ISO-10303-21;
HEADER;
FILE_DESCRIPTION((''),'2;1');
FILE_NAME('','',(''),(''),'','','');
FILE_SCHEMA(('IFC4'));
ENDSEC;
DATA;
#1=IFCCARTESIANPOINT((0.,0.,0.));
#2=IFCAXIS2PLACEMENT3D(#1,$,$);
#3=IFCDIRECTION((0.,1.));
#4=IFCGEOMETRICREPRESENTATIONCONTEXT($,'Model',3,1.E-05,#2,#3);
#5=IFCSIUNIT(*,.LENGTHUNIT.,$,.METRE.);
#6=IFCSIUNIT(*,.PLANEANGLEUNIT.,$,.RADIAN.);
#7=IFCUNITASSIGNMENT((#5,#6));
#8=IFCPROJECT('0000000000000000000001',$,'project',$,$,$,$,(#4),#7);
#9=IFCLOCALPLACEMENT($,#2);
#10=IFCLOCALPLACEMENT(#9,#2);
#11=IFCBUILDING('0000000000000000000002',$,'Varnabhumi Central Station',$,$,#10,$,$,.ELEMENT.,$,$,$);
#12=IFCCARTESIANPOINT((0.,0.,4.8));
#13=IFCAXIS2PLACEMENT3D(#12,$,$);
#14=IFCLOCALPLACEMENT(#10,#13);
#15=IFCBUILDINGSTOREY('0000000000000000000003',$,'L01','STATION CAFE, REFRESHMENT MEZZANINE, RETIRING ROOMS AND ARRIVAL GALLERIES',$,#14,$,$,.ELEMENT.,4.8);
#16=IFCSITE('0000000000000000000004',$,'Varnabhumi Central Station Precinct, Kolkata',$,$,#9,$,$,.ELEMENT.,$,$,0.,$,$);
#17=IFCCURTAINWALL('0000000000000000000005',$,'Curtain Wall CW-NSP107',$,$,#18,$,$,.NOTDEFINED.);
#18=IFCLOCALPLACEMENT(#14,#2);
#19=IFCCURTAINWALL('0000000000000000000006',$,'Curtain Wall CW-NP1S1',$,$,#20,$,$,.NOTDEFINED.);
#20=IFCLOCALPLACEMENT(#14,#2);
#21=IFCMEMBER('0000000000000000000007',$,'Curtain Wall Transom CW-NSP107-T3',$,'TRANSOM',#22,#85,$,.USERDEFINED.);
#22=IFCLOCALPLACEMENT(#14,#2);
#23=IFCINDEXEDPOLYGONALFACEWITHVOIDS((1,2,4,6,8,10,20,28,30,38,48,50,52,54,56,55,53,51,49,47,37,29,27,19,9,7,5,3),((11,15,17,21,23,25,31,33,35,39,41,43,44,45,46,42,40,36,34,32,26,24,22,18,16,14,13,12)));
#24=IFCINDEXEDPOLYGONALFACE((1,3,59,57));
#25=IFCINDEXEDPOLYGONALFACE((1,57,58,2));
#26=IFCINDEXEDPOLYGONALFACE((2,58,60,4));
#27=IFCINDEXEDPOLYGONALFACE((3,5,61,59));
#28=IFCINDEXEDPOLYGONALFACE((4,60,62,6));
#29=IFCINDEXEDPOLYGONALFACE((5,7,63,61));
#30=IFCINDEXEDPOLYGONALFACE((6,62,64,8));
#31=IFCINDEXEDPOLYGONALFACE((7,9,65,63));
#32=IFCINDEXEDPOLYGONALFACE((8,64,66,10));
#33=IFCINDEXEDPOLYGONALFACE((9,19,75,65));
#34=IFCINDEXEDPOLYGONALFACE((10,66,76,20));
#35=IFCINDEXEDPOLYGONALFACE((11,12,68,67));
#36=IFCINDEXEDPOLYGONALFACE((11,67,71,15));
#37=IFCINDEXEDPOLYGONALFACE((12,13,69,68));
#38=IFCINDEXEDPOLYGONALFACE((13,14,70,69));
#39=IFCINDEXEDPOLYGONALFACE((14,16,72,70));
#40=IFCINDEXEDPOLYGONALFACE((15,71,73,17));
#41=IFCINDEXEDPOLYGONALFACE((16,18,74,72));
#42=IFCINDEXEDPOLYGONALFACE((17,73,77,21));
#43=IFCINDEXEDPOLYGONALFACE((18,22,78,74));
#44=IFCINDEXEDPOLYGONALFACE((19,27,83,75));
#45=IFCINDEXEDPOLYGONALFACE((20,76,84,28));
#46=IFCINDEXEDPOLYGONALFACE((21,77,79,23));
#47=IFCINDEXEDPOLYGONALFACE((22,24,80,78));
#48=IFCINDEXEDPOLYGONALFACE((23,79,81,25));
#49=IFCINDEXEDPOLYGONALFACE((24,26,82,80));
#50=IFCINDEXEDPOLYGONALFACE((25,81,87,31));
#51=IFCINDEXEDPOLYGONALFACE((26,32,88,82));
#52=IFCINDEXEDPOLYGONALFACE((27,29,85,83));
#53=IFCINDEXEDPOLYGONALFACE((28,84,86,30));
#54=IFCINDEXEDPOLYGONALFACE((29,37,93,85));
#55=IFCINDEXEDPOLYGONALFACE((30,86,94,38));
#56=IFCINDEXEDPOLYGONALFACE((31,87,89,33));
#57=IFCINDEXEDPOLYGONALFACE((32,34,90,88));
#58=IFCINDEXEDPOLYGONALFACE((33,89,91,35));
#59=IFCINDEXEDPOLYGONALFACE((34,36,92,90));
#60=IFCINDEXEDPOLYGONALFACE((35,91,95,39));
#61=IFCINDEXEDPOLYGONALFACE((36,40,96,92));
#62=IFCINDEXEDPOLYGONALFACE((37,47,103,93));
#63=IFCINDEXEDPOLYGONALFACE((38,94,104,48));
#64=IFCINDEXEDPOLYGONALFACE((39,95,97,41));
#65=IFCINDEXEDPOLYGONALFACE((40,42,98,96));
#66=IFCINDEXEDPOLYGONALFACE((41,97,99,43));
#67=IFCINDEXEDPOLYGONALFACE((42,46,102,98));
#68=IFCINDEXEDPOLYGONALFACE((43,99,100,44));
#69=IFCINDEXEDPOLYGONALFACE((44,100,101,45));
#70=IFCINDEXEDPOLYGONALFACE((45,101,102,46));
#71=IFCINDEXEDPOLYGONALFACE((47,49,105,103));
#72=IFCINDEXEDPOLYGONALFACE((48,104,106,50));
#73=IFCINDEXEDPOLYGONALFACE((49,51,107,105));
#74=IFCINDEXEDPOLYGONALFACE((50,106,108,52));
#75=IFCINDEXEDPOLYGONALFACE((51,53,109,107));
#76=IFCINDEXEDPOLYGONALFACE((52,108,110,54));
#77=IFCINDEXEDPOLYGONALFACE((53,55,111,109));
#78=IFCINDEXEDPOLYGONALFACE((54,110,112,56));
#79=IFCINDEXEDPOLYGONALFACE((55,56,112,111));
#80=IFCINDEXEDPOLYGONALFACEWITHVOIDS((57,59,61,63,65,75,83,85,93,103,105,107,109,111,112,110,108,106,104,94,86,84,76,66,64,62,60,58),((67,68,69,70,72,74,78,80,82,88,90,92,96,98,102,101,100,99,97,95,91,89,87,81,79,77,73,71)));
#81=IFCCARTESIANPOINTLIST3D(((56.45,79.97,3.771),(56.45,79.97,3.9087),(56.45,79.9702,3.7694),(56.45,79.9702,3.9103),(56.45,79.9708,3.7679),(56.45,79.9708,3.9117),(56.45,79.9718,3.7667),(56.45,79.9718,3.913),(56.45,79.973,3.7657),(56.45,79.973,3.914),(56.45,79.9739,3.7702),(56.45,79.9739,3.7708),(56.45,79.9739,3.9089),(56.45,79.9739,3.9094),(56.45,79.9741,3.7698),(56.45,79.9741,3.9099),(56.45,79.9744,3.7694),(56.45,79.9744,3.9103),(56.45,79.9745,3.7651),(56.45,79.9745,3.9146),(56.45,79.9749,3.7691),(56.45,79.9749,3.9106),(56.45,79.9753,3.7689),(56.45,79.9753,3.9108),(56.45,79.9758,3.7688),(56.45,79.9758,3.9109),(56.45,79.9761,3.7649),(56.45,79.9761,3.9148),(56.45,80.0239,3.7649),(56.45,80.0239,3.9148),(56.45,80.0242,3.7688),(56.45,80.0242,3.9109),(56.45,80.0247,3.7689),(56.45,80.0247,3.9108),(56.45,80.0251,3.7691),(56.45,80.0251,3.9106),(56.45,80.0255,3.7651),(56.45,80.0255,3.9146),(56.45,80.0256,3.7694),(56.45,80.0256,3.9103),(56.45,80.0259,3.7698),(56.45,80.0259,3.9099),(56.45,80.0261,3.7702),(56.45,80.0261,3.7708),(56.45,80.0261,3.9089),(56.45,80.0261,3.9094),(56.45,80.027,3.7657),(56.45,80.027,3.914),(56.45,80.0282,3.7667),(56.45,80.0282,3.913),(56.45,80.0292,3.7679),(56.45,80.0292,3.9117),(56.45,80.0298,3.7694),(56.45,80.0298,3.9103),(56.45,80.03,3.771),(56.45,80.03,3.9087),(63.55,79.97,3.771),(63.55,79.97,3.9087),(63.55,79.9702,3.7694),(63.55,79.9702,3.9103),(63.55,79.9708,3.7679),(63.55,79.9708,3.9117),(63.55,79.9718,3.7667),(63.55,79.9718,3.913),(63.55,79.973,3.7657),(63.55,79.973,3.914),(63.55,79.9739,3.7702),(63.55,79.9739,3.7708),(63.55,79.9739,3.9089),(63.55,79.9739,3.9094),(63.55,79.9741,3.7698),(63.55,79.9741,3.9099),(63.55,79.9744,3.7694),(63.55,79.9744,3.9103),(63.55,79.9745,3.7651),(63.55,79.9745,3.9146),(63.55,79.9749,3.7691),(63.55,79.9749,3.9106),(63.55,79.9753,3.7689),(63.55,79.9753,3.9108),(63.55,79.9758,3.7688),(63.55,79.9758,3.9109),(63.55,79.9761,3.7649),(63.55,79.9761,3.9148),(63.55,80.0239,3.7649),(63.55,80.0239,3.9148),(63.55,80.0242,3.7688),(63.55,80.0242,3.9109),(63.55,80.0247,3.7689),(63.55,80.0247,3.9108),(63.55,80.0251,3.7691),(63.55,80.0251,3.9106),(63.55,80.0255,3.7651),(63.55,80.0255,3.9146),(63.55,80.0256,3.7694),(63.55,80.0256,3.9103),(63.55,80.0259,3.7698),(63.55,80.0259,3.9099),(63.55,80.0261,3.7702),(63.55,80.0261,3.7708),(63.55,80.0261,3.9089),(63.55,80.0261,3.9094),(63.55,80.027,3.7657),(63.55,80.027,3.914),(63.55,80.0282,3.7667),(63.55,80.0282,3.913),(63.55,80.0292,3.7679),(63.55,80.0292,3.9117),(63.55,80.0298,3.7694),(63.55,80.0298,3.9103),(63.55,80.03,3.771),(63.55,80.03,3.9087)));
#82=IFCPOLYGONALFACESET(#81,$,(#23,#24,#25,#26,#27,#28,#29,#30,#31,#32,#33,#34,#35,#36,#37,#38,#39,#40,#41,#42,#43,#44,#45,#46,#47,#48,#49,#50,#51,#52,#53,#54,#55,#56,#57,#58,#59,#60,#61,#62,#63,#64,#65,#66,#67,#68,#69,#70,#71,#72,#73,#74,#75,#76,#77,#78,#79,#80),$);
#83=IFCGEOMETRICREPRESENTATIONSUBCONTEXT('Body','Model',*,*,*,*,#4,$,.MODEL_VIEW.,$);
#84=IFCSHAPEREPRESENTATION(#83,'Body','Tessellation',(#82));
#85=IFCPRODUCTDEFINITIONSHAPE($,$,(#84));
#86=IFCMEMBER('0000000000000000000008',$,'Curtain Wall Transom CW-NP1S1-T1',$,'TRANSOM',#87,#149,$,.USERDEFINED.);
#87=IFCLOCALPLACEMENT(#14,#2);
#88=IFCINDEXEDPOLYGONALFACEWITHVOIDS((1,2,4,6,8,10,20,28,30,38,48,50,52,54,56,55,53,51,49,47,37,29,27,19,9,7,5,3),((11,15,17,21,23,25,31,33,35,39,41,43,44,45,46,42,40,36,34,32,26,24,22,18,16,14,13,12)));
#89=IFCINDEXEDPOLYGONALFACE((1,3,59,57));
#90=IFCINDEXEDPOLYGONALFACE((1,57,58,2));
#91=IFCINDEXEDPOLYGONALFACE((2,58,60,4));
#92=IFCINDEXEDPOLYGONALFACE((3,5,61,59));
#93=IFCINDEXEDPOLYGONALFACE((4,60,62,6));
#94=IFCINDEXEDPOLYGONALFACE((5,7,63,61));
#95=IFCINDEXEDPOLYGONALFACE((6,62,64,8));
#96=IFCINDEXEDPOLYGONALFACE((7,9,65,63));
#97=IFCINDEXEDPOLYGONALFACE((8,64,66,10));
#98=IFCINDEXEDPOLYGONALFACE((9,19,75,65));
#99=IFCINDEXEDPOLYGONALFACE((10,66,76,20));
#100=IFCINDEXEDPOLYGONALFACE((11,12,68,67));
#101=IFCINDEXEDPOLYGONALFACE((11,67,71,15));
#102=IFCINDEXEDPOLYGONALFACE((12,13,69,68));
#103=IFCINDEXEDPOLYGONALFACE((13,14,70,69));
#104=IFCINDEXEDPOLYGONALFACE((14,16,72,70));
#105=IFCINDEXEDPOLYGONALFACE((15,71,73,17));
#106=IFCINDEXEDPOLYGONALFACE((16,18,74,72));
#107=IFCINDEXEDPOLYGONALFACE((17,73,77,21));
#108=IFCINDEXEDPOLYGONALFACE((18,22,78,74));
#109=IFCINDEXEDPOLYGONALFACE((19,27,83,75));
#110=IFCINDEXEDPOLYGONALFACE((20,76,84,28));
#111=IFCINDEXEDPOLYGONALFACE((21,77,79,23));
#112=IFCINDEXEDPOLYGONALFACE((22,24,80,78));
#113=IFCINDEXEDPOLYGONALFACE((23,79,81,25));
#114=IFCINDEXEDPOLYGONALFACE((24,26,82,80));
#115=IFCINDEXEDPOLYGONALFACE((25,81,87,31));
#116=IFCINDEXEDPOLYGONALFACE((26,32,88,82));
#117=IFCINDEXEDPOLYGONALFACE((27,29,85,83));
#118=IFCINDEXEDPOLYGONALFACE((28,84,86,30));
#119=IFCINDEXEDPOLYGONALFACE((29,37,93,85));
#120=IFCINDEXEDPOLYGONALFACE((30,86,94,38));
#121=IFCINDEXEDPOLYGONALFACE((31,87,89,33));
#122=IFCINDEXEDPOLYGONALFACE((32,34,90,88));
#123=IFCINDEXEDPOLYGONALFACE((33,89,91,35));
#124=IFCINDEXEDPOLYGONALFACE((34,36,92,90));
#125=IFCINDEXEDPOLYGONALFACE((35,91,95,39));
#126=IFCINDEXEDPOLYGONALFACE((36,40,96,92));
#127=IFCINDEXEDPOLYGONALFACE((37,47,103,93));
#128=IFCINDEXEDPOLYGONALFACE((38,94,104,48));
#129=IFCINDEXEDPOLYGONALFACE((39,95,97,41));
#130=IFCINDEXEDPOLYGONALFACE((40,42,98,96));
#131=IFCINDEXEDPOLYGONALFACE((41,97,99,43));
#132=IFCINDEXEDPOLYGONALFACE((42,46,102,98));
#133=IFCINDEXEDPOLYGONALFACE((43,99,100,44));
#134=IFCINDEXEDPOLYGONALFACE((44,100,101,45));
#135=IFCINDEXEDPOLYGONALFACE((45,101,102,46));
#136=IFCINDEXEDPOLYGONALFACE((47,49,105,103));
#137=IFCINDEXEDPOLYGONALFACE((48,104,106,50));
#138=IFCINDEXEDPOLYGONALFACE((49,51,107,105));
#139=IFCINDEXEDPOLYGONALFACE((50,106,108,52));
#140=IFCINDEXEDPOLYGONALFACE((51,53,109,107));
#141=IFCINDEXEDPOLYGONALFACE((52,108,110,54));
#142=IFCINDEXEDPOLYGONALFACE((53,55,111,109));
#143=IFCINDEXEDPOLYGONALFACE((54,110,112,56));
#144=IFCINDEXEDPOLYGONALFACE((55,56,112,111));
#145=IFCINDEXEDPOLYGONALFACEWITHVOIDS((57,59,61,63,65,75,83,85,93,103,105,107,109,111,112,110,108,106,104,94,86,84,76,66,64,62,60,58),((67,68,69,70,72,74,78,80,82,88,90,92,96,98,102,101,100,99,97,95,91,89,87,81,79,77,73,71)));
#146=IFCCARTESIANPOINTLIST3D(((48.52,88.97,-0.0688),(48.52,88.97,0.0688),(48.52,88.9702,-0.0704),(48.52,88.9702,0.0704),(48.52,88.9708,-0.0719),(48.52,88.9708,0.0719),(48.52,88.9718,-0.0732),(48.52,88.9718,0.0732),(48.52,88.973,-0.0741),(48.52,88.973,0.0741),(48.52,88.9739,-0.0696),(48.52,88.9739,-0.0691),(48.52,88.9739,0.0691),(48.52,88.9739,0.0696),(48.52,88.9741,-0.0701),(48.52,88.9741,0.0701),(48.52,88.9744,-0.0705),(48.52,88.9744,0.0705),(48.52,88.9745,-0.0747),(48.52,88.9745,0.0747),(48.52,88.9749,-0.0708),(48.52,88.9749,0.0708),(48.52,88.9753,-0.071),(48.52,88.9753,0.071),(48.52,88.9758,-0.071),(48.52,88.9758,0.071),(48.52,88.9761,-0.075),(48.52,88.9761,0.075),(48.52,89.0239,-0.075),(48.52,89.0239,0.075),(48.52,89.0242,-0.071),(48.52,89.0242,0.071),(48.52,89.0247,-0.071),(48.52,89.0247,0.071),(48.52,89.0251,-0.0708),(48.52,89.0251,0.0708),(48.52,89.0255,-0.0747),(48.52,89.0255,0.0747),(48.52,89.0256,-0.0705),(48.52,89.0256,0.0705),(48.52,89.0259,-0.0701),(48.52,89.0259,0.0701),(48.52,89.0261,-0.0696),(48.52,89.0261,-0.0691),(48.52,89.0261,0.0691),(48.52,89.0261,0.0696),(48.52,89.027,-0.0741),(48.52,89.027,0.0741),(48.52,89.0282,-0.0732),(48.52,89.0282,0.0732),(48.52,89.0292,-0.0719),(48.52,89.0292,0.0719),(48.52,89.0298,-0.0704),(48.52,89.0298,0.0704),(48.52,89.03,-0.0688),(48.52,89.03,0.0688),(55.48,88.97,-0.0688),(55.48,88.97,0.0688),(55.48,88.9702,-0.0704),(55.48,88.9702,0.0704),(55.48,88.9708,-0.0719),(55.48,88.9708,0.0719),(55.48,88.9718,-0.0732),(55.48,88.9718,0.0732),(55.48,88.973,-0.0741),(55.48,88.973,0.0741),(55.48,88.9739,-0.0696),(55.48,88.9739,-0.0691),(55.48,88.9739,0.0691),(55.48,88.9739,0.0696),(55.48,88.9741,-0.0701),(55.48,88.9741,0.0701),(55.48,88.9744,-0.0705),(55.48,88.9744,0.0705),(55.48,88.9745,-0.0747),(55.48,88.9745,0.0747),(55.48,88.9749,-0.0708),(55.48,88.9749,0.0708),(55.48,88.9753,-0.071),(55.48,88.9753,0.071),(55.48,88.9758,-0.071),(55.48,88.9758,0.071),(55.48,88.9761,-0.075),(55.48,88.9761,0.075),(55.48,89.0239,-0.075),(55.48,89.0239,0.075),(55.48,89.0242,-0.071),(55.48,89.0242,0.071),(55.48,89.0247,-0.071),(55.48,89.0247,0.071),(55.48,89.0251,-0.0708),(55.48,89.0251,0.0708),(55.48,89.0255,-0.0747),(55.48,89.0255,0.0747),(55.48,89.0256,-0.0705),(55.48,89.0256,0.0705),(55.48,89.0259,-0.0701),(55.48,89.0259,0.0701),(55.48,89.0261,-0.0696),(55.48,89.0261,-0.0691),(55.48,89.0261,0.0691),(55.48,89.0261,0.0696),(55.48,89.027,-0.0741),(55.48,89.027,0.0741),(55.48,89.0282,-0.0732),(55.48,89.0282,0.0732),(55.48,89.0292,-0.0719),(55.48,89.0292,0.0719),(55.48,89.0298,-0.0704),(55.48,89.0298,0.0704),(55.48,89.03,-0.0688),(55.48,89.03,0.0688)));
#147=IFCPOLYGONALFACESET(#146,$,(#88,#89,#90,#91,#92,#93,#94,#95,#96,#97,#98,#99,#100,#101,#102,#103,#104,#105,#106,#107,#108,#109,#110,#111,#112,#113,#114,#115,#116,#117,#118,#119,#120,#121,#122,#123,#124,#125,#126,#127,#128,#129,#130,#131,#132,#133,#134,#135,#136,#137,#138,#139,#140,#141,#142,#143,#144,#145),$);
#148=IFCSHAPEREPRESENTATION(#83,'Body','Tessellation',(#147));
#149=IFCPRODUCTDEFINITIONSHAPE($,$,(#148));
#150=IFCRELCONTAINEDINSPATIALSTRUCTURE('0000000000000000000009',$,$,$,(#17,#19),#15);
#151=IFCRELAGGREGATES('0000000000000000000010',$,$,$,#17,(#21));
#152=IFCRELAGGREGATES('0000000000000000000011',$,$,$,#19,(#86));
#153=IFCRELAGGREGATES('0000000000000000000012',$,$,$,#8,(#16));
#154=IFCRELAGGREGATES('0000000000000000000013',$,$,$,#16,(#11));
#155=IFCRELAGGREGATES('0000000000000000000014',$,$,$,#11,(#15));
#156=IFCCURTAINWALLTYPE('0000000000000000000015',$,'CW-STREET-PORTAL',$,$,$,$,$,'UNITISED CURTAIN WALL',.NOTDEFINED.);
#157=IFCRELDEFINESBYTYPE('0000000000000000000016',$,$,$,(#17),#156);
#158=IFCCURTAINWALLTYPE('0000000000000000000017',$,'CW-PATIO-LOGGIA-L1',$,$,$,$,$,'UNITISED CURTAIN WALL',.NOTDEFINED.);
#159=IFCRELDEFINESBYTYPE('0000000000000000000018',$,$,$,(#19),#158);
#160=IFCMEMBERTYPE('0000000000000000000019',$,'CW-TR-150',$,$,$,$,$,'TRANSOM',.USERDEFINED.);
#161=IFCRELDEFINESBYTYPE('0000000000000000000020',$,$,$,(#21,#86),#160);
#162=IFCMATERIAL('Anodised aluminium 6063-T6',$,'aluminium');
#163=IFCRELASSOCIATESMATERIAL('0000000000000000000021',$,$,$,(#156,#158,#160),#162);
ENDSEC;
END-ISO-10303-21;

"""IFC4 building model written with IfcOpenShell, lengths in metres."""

from ifc_helpers import new_model, si_unit, direction, frame, origin, origin_2d, place, context, subcontext, project, spatial, hollow_rectangle, extrude, material, material_profile, profile_set, type_object, element, aggregate, save


model = new_model("IFC4")

# Units and contexts
model_context = context("Model", 3, precision=1e-05, world=origin(), true_north=direction((0.0, 1.0)))
body_context = subcontext(model_context, "Body", "Model", "MODEL_VIEW")
ifc_project = project(units=[si_unit("LENGTHUNIT", "METRE"), si_unit("PLANEANGLEUNIT", "RADIAN")], contexts=[model_context])

# Site, building, storey
site_placement = place(None, origin())
site = spatial("IfcSite", under=ifc_project, at=site_placement, Name="Varnabhumi Central Station Precinct, Kolkata", CompositionType="ELEMENT", RefElevation=0.0)
building_placement = place(site_placement, origin())
building = spatial("IfcBuilding", under=site, at=building_placement, Name="Varnabhumi Central Station", CompositionType="ELEMENT")
storey_placement = place(building_placement, frame((0.0, 0.0, 4.8)))
storey = spatial("IfcBuildingStorey", under=building, at=storey_placement, Name="L01", Description="STATION CAFE, REFRESHMENT MEZZANINE, RETIRING ROOMS AND ARRIVAL GALLERIES", CompositionType="ELEMENT", Elevation=4.8)

# Curtain walls
ifc_material_1 = material(Name="Anodised aluminium 6063-T6", Category="aluminium")
curtain_wall_type_1 = type_object("IfcCurtainWallType", Name="CW-STREET-PORTAL", ElementType="UNITISED CURTAIN WALL", PredefinedType="NOTDEFINED", material=ifc_material_1)
curtain_wall_1_placement = place(storey_placement, origin())
curtain_wall_1 = element("IfcCurtainWall", 1, at=curtain_wall_1_placement, inside=storey, type_object=curtain_wall_type_1, Name="Curtain Wall CW-NSP107", PredefinedType="NOTDEFINED")
curtain_wall_type_2 = type_object("IfcCurtainWallType", Name="CW-PATIO-LOGGIA-L1", ElementType="UNITISED CURTAIN WALL", PredefinedType="NOTDEFINED", material=ifc_material_1)
curtain_wall_2_placement = place(storey_placement, origin())
curtain_wall_2 = element("IfcCurtainWall", 2, at=curtain_wall_2_placement, inside=storey, type_object=curtain_wall_type_2, Name="Curtain Wall CW-NP1S1", PredefinedType="NOTDEFINED")

# Members
ifc_material_profile_1 = material_profile(ifc_material_1, hollow_rectangle(XDim=0.0601, YDim=0.1499, WallThickness=0.0039, InnerFilletRadius=0.002, OuterFilletRadius=0.0061, at=origin_2d()), Name="Anodised aluminium 6063-T6", Category="aluminium")
ifc_profile_set_1 = profile_set([ifc_material_profile_1], Name="Anodised aluminium 6063-T6")
member_type_1 = type_object("IfcMemberType", Name="CW-TR-150", ElementType="TRANSOM", PredefinedType="USERDEFINED", material=ifc_profile_set_1)
member_1_placement = place(storey_placement, frame((56.45, 80.0, 3.8398), z_axis=(1.0, 0.0, 0.0), x_axis=(0.0, 1.0, 0.0)))
member_1 = element("IfcMember", 3, at=member_1_placement, type_object=member_type_1, Name="Curtain Wall Transom CW-NSP107-T3", ObjectType="TRANSOM", PredefinedType="USERDEFINED", context=body_context, shape_type="SweptSolid", body=[
    extrude(hollow_rectangle(XDim=0.0601, YDim=0.1499, WallThickness=0.0039, InnerFilletRadius=0.002, OuterFilletRadius=0.0061, at=origin_2d()), origin(), (0.0, 0.0, 1.0), 7.1001),
])
member_2_placement = place(storey_placement, frame((48.52, 89.0, 0.0), z_axis=(1.0, 0.0, 0.0), x_axis=(0.0, 1.0, 0.0)))
member_2 = element("IfcMember", 4, at=member_2_placement, type_object=member_type_1, Name="Curtain Wall Transom CW-NP1S1-T1", ObjectType="TRANSOM", PredefinedType="USERDEFINED", context=body_context, shape_type="SweptSolid", body=[
    extrude(hollow_rectangle(XDim=0.0601, YDim=0.1499, WallThickness=0.0039, InnerFilletRadius=0.002, OuterFilletRadius=0.0061, at=origin_2d()), origin(), (0.0, 0.0, 1.0), 6.96),
])

aggregate(curtain_wall_1, [member_1])
aggregate(curtain_wall_2, [member_2])

save(model, "model.ifc")
